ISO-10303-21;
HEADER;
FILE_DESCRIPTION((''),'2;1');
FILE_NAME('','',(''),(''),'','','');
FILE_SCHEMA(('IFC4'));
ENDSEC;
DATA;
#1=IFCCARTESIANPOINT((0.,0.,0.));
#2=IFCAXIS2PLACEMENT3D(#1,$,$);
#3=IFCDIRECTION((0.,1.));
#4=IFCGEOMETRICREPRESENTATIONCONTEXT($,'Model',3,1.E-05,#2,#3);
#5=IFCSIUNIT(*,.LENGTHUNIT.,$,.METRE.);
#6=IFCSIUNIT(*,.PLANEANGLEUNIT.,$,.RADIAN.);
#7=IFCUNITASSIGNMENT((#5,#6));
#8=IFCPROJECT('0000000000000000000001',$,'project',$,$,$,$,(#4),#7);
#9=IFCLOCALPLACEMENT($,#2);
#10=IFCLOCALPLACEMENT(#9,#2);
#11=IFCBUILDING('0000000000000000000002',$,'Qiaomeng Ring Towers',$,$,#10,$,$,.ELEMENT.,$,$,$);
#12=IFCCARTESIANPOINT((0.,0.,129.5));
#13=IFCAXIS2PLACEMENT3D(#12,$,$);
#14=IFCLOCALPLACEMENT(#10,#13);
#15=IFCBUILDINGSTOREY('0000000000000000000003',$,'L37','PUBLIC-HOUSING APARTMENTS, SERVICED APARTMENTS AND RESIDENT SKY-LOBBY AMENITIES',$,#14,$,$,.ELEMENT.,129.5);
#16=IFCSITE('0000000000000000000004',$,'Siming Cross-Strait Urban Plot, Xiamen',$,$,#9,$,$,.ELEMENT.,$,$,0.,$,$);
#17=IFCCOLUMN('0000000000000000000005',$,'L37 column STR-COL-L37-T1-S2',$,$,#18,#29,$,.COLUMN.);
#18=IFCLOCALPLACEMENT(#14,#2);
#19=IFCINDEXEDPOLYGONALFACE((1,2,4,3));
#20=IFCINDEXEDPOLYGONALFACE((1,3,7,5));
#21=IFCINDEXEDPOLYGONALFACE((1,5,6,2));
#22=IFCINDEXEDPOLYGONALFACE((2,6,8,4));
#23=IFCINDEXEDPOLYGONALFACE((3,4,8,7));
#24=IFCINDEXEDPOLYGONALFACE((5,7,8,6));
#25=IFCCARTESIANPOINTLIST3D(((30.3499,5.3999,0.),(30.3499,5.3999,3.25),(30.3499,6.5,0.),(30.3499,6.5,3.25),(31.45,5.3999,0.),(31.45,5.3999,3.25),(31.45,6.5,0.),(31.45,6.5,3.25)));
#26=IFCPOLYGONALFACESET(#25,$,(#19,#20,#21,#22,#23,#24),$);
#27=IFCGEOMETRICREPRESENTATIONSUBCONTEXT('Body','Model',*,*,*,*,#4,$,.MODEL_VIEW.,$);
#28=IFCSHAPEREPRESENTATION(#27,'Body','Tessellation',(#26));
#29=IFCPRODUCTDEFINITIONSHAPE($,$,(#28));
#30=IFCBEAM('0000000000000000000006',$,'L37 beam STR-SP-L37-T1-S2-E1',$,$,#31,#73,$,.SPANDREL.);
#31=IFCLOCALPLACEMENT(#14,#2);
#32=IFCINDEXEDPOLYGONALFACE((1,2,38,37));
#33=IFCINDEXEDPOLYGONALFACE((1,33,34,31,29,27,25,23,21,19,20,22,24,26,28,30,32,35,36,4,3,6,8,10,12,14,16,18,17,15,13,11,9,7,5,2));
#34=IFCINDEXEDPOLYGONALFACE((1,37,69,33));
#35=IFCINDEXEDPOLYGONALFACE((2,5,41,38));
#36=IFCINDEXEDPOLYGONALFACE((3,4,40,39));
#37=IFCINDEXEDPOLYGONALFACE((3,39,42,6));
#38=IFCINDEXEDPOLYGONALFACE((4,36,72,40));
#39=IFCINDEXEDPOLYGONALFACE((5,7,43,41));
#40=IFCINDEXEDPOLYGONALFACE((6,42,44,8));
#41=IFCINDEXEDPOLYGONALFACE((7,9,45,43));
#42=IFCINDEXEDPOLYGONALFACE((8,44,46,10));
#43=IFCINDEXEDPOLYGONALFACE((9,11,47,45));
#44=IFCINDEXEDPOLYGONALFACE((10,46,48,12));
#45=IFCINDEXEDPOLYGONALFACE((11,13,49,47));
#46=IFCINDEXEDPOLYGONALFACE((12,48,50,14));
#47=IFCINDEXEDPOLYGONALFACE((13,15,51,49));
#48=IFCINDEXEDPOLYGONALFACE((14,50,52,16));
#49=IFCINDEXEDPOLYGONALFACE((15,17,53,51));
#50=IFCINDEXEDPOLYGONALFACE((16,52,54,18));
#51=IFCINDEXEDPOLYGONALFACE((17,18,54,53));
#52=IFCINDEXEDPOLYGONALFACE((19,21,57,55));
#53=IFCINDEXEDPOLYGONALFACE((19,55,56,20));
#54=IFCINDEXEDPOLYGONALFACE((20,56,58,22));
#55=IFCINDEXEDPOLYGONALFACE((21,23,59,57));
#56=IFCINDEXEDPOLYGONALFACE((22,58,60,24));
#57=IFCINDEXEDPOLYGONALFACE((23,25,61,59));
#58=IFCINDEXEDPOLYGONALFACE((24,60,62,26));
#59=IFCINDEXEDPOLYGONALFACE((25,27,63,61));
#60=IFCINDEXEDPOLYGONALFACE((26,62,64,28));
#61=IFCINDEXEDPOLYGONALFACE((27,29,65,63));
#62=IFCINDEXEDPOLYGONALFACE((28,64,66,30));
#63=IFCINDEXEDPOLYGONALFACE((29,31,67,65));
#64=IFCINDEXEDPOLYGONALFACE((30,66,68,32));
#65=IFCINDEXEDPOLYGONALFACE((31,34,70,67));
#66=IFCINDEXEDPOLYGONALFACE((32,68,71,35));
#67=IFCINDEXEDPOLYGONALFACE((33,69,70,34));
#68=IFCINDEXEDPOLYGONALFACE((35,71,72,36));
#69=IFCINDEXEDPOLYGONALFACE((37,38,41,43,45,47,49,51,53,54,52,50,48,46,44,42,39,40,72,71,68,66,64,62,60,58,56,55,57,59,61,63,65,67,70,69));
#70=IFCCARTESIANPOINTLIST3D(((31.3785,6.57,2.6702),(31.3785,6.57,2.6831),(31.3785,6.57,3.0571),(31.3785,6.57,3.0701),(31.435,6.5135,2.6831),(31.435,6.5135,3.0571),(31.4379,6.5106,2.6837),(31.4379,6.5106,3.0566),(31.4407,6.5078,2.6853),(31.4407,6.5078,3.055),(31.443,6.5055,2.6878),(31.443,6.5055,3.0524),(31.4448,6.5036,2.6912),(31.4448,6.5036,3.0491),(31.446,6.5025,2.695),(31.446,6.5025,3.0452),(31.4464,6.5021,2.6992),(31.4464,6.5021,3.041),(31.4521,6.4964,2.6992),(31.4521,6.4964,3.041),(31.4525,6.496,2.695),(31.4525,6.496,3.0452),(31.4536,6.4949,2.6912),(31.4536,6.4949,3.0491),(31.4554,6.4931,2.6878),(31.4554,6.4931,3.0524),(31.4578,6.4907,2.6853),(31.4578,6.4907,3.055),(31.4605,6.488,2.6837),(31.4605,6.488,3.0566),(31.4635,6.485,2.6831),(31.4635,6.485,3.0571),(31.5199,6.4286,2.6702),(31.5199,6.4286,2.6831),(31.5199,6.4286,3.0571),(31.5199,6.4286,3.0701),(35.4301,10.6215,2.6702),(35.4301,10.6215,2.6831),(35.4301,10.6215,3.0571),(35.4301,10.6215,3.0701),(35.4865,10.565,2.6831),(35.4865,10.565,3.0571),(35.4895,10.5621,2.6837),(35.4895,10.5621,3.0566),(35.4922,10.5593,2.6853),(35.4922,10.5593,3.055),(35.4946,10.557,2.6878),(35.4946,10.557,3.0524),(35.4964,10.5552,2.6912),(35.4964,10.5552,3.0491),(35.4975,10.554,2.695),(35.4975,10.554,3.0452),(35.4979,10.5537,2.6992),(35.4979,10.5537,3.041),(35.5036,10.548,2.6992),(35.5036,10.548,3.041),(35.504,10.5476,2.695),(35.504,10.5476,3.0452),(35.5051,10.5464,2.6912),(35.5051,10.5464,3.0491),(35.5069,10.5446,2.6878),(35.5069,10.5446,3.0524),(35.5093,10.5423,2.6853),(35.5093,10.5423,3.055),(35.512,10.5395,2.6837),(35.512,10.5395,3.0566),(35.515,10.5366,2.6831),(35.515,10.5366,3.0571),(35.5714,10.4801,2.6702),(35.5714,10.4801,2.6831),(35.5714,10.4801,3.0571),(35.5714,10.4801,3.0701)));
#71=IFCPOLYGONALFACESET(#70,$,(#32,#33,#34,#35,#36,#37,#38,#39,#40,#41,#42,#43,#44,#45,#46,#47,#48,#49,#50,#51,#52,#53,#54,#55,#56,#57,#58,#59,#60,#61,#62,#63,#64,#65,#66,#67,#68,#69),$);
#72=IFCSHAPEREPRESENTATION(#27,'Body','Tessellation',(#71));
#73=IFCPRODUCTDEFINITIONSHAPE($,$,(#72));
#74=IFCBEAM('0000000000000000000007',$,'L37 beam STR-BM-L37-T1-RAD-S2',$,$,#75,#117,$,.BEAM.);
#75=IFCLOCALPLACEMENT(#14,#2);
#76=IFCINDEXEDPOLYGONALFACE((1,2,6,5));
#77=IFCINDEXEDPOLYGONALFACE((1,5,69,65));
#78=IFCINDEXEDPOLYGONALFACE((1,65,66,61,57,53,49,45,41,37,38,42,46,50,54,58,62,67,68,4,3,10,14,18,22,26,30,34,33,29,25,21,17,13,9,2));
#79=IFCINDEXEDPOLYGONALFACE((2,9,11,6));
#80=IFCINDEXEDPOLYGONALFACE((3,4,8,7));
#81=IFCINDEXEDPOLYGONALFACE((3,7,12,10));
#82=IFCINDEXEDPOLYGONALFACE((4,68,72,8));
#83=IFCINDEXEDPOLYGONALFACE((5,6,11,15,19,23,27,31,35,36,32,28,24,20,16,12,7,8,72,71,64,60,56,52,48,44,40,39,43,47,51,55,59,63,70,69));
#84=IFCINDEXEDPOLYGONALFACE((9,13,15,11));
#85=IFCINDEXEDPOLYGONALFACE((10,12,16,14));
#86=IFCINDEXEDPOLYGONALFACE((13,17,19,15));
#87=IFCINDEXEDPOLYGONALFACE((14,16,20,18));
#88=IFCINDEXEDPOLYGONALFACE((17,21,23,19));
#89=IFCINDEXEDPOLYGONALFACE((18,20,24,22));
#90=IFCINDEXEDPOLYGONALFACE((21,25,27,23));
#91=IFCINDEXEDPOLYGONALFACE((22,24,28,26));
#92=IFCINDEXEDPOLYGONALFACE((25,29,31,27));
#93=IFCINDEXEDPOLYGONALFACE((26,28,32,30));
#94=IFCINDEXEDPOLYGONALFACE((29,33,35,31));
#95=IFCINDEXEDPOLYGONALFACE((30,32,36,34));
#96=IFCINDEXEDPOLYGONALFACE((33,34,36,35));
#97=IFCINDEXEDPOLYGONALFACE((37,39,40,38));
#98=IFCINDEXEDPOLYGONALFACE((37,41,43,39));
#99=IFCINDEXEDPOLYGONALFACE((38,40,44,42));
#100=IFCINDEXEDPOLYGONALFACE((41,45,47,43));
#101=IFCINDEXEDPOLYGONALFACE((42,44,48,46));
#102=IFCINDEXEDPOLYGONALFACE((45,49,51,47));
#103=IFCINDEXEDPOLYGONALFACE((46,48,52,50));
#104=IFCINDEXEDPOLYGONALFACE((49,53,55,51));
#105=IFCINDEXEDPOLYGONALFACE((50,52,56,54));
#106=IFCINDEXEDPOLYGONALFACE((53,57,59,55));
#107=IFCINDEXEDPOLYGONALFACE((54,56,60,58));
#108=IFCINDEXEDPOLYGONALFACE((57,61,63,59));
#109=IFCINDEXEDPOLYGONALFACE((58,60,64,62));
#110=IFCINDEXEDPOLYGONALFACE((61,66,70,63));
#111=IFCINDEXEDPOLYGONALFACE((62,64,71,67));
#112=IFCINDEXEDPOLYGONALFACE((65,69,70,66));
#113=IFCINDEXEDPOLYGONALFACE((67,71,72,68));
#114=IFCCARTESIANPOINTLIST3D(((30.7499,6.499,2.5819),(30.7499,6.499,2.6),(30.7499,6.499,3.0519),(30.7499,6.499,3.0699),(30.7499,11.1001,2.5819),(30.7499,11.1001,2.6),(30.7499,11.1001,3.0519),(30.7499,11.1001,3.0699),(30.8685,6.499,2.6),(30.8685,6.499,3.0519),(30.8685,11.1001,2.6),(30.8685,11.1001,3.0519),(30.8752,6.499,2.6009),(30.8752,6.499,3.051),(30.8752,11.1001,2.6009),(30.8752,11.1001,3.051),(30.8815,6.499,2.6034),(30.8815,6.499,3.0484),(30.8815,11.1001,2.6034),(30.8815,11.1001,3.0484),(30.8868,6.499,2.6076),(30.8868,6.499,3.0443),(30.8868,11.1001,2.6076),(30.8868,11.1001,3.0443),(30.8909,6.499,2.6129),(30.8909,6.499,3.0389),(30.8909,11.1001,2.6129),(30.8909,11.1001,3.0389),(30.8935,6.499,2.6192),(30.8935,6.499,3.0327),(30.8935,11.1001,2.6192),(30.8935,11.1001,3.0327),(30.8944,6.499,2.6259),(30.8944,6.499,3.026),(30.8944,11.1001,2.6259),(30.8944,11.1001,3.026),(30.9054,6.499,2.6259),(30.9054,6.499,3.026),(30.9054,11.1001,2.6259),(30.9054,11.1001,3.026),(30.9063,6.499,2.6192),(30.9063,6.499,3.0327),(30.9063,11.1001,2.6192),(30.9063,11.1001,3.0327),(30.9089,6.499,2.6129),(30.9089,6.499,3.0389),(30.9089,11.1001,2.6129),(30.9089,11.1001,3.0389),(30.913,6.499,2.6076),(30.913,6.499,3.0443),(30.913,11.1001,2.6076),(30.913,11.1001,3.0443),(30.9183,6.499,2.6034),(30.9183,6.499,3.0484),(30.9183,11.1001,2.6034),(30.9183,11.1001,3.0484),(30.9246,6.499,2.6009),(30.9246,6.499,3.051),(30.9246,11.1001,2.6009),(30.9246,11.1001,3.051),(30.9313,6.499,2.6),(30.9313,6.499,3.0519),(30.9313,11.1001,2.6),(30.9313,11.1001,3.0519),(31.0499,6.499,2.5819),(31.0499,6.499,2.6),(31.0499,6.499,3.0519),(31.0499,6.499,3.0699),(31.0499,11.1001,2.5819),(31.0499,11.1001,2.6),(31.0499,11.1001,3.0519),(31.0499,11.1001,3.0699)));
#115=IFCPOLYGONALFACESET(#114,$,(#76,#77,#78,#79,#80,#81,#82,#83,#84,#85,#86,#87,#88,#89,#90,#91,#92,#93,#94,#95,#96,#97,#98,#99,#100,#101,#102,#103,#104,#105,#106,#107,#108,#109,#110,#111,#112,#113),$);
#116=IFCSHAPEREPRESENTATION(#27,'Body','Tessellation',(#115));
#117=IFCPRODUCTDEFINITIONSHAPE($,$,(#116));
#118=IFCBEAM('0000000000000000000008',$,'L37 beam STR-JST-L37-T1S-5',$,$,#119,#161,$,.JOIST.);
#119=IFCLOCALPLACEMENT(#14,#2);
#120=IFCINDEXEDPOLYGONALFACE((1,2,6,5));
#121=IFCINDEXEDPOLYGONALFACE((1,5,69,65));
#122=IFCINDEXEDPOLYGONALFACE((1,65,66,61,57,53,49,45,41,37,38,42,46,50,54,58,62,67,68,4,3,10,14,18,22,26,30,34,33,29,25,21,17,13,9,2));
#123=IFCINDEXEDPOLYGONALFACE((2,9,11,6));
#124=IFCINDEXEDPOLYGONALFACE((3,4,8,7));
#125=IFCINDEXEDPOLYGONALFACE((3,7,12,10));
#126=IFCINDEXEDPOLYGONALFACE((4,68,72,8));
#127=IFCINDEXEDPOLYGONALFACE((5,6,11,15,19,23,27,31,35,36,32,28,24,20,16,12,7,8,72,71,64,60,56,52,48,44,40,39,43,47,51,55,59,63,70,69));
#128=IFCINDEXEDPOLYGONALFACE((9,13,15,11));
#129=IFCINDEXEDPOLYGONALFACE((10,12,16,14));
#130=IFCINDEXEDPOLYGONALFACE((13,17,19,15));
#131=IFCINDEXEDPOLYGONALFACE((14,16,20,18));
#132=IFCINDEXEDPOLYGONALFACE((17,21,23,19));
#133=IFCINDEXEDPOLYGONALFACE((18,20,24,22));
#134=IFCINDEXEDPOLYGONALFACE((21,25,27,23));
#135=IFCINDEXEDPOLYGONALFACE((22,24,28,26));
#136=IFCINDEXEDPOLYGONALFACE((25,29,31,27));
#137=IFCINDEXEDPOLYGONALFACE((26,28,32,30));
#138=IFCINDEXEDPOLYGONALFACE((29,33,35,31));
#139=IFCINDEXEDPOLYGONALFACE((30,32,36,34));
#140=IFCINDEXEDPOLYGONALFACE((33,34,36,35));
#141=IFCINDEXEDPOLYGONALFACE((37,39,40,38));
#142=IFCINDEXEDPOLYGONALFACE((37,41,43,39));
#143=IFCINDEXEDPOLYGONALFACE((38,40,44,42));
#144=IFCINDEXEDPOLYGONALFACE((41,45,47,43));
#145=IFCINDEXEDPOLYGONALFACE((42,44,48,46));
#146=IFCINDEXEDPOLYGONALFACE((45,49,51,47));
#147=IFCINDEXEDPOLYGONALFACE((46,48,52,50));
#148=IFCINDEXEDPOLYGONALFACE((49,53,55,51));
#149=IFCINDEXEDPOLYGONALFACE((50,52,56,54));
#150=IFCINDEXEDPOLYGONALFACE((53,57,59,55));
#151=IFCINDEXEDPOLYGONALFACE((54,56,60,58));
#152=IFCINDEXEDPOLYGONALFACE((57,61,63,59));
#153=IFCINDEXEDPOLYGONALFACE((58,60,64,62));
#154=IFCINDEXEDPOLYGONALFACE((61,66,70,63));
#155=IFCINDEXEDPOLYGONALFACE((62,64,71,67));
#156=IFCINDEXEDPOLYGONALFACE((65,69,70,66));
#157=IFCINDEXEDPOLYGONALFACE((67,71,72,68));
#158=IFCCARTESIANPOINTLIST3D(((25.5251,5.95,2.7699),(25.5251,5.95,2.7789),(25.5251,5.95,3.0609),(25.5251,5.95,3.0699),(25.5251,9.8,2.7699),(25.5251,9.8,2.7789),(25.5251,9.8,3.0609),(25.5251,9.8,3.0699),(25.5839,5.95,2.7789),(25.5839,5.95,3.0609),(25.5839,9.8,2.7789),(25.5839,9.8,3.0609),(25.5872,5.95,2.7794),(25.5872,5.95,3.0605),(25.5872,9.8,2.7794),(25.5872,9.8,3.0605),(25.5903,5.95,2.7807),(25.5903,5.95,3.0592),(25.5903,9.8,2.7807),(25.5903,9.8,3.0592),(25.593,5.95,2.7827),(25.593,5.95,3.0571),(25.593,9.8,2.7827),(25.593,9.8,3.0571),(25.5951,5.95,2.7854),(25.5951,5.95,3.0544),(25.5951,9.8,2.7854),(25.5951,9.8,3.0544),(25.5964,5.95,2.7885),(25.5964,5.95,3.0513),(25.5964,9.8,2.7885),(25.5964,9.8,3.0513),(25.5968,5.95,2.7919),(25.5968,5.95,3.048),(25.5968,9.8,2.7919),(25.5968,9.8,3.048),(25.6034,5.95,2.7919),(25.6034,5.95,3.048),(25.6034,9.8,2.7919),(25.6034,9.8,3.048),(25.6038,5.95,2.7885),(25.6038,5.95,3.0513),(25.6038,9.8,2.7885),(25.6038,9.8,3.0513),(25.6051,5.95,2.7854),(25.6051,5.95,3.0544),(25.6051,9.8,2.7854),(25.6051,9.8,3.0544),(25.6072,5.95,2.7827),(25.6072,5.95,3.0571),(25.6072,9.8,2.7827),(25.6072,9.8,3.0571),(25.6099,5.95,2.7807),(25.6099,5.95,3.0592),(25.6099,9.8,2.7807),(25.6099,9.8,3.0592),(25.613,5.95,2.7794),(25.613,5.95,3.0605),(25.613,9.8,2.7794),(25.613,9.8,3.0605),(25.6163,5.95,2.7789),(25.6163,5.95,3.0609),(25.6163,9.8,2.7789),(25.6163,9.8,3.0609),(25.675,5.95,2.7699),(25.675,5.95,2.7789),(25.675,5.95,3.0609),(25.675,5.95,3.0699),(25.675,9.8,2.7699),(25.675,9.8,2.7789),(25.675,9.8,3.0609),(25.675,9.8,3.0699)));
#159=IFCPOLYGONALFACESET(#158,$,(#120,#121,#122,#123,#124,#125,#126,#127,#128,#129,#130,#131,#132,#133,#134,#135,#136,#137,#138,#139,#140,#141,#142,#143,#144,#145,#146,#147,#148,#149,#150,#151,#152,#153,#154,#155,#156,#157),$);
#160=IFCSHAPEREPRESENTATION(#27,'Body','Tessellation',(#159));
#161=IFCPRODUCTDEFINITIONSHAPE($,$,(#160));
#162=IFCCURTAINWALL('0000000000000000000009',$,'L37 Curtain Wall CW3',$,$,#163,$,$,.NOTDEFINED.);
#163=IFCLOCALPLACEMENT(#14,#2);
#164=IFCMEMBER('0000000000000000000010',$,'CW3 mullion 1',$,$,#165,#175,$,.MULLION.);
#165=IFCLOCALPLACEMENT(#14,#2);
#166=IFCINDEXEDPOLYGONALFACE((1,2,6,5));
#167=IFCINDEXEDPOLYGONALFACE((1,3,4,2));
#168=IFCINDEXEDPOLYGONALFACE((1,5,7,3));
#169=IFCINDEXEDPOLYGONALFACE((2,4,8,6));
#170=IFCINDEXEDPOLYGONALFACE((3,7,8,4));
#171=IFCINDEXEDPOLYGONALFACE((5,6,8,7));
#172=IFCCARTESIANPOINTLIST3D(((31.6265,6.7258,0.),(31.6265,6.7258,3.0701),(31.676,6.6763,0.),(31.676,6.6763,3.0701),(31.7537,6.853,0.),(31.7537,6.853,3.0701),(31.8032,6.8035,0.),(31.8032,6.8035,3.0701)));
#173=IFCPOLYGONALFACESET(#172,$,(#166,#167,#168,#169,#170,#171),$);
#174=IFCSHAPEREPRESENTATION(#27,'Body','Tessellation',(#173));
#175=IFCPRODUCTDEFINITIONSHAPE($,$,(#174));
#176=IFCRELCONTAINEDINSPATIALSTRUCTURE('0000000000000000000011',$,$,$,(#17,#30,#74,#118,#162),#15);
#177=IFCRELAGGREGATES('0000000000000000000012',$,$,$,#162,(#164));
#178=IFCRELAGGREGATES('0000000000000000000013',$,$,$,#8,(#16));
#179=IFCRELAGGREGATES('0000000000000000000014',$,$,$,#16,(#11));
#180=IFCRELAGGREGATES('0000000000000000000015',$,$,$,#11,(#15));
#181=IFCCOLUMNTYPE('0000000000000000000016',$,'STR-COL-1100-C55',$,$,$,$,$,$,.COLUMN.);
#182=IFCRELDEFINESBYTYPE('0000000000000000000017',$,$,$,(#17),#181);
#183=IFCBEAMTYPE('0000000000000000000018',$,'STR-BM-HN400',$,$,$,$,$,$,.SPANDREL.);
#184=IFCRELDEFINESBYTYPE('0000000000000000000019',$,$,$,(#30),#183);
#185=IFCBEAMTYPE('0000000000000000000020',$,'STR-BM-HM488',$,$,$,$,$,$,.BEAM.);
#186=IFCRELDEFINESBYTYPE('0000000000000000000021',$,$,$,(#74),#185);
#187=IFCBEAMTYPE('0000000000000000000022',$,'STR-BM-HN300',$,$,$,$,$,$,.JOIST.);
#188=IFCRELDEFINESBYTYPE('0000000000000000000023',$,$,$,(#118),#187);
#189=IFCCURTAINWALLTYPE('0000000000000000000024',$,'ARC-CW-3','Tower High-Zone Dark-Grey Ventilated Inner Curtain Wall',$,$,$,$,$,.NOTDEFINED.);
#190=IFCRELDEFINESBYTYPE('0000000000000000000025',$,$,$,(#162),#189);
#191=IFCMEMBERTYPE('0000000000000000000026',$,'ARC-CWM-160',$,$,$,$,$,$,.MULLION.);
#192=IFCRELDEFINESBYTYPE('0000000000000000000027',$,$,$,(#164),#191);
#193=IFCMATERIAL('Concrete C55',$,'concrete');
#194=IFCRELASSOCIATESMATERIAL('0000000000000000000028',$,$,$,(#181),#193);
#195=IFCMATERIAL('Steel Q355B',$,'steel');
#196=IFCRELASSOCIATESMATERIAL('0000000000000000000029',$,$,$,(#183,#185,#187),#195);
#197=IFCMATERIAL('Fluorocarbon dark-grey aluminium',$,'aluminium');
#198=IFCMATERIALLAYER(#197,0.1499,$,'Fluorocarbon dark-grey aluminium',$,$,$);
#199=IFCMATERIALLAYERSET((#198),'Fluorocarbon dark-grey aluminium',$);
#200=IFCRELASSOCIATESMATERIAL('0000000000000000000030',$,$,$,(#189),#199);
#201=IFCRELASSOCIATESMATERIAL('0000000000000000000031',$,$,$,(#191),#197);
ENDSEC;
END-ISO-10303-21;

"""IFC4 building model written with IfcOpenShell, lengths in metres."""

from ifc_helpers import new_model, si_unit, direction, frame, origin, origin_2d, place, context, subcontext, project, spatial, rectangle, i_section, extrude, source, transform, mapped, material, layer, layer_set, material_profile, profile_set, type_object, element, aggregate, save


model = new_model("IFC4")

# Units and contexts
model_context = context("Model", 3, precision=1e-05, world=origin(), true_north=direction((0.0, 1.0)))
body_context = subcontext(model_context, "Body", "Model", "MODEL_VIEW")
ifc_project = project(units=[si_unit("LENGTHUNIT", "METRE"), si_unit("PLANEANGLEUNIT", "RADIAN")], contexts=[model_context])

# Site, building, storey
site_placement = place(None, origin())
site = spatial("IfcSite", under=ifc_project, at=site_placement, Name="Siming Cross-Strait Urban Plot, Xiamen", CompositionType="ELEMENT", RefElevation=0.0)
building_placement = place(site_placement, origin())
building = spatial("IfcBuilding", under=site, at=building_placement, Name="Qiaomeng Ring Towers", CompositionType="ELEMENT")
storey_placement = place(building_placement, frame((0.0, 0.0, 129.5)))
storey = spatial("IfcBuildingStorey", under=building, at=storey_placement, Name="L37", Description="PUBLIC-HOUSING APARTMENTS, SERVICED APARTMENTS AND RESIDENT SKY-LOBBY AMENITIES", CompositionType="ELEMENT", Elevation=129.5)

# Column
ifc_material_1 = material(Name="Concrete C55", Category="concrete")
ifc_material_profile_1 = material_profile(ifc_material_1, rectangle(XDim=1.1001, YDim=1.1001, at=origin_2d()), Name="RC COL 1100x1100")
ifc_profile_set_1 = profile_set([ifc_material_profile_1], Name="Concrete C55")
column_type = type_object("IfcColumnType", Name="STR-COL-1100-C55", PredefinedType="COLUMN", material=ifc_profile_set_1)
shared_shape_1 = source(origin(), body_context, "Body", "SweptSolid", [
    extrude(rectangle(XDim=1.1001, YDim=1.1001, at=origin_2d()), origin(), (0.0, 0.0, 1.0), 3.25),
])
column_placement = place(storey_placement, frame((30.8999, 5.95, 0.0), z_axis=(0.0, 0.0, 1.0), x_axis=(1.0, 0.0, 0.0)))
element("IfcColumn", 1, at=column_placement, inside=storey, type_object=column_type, Name="L37 column STR-COL-L37-T1-S2", PredefinedType="COLUMN", context=body_context, shape_type="MappedRepresentation", body=[
    mapped(shared_shape_1, transform((0.0, 0.0, 0.0), x_axis=(1.0, 0.0, 0.0), y_axis=(0.0, 1.0, 0.0), z_axis=(0.0, 0.0, 1.0), scale=1.0)),
])

# Beams
ifc_material_2 = material(Name="Steel Q355B", Category="steel")
ifc_material_profile_2 = material_profile(ifc_material_2, i_section(OverallWidth=0.2, OverallDepth=0.3999, WebThickness=0.0081, FlangeThickness=0.0129, FilletRadius=0.0161, at=origin_2d()), Name="HN 400x200x8x13")
ifc_profile_set_2 = profile_set([ifc_material_profile_2], Name="Steel Q355B")
beam_type_1 = type_object("IfcBeamType", Name="STR-BM-HN400", PredefinedType="SPANDREL", material=ifc_profile_set_2)
shared_shape_2 = source(origin(), body_context, "Body", "SweptSolid", [
    extrude(i_section(OverallWidth=0.2, OverallDepth=0.3999, WebThickness=0.0081, FlangeThickness=0.0129, FilletRadius=0.0161, at=origin_2d()), origin(), (0.0, 0.0, 1.0), 5.7297),
])
beam_1_placement = place(storey_placement, frame((31.4492, 6.4993, 2.8701), z_axis=(0.707107, 0.707107, 0.0), x_axis=(-0.707107, 0.707107, 0.0)))
element("IfcBeam", 2, at=beam_1_placement, inside=storey, type_object=beam_type_1, Name="L37 beam STR-SP-L37-T1-S2-E1", PredefinedType="SPANDREL", context=body_context, shape_type="MappedRepresentation", body=[
    mapped(shared_shape_2, transform((0.0, 0.0, 0.0), x_axis=(1.0, 0.0, 0.0), y_axis=(0.0, 1.0, 0.0), z_axis=(0.0, 0.0, 1.0), scale=1.0)),
])
ifc_material_profile_3 = material_profile(ifc_material_2, i_section(OverallWidth=0.3, OverallDepth=0.488, WebThickness=0.011, FlangeThickness=0.0181, FilletRadius=0.0259, at=origin_2d()), Name="HM 488x300x11x18")
ifc_profile_set_3 = profile_set([ifc_material_profile_3], Name="Steel Q355B")
beam_type_2 = type_object("IfcBeamType", Name="STR-BM-HM488", PredefinedType="BEAM", material=ifc_profile_set_3)
shared_shape_3 = source(origin(), body_context, "Body", "SweptSolid", [
    extrude(i_section(OverallWidth=0.3, OverallDepth=0.488, WebThickness=0.011, FlangeThickness=0.0181, FilletRadius=0.0259, at=origin_2d()), origin(), (0.0, 0.0, 1.0), 4.6011),
])
beam_2_placement = place(storey_placement, frame((30.8999, 6.499, 2.8259), z_axis=(0.0, 1.0, 0.0), x_axis=(-1.0, 0.0, 0.0)))
element("IfcBeam", 3, at=beam_2_placement, inside=storey, type_object=beam_type_2, Name="L37 beam STR-BM-L37-T1-RAD-S2", PredefinedType="BEAM", context=body_context, shape_type="MappedRepresentation", body=[
    mapped(shared_shape_3, transform((0.0, 0.0, 0.0), x_axis=(1.0, 0.0, 0.0), y_axis=(0.0, 1.0, 0.0), z_axis=(0.0, 0.0, 1.0), scale=1.0)),
])
ifc_material_profile_4 = material_profile(ifc_material_2, i_section(OverallWidth=0.1499, OverallDepth=0.3, WebThickness=0.0066, FlangeThickness=0.009, FilletRadius=0.0129, at=origin_2d()), Name="HN 300x150x6.5x9")
ifc_profile_set_4 = profile_set([ifc_material_profile_4], Name="Steel Q355B")
beam_type_3 = type_object("IfcBeamType", Name="STR-BM-HN300", PredefinedType="JOIST", material=ifc_profile_set_4)
shared_shape_4 = source(origin(), body_context, "Body", "SweptSolid", [
    extrude(i_section(OverallWidth=0.1499, OverallDepth=0.3, WebThickness=0.0066, FlangeThickness=0.009, FilletRadius=0.0129, at=origin_2d()), origin(), (0.0, 0.0, 1.0), 3.8501),
])
beam_3_placement = place(storey_placement, frame((25.6001, 5.95, 2.9199), z_axis=(0.0, 1.0, 0.0), x_axis=(-1.0, 0.0, 0.0)))
element("IfcBeam", 4, at=beam_3_placement, inside=storey, type_object=beam_type_3, Name="L37 beam STR-JST-L37-T1S-5", PredefinedType="JOIST", context=body_context, shape_type="MappedRepresentation", body=[
    mapped(shared_shape_4, transform((0.0, 0.0, 0.0), x_axis=(1.0, 0.0, 0.0), y_axis=(0.0, 1.0, 0.0), z_axis=(0.0, 0.0, 1.0), scale=1.0)),
])

# Curtain wall, member
ifc_material_3 = material(Name="Fluorocarbon dark-grey aluminium", Category="aluminium")
ifc_layer_1 = layer(ifc_material_3, 0.1499, Name="Fluorocarbon dark-grey aluminium")
ifc_layer_set_1 = layer_set([ifc_layer_1], Name="Fluorocarbon dark-grey aluminium")
curtain_wall_type = type_object("IfcCurtainWallType", Name="ARC-CW-3", Description="Tower High-Zone Dark-Grey Ventilated Inner Curtain Wall", PredefinedType="NOTDEFINED", material=ifc_layer_set_1)
curtain_wall_placement = place(storey_placement, origin())
curtain_wall = element("IfcCurtainWall", 5, at=curtain_wall_placement, inside=storey, type_object=curtain_wall_type, Name="L37 Curtain Wall CW3", PredefinedType="NOTDEFINED")
ifc_material_profile_5 = material_profile(ifc_material_3, rectangle(XDim=0.0701, YDim=0.1799, at=origin_2d()), Name="ALU MULL 70x180")
ifc_profile_set_5 = profile_set([ifc_material_profile_5], Name="Fluorocarbon dark-grey aluminium")
member_type_1 = type_object("IfcMemberType", Name="ARC-CWM-160", PredefinedType="MULLION", material=ifc_profile_set_5)
shared_shape_5 = source(origin(), body_context, "Body", "SweptSolid", [
    extrude(rectangle(XDim=0.0701, YDim=0.1799, at=origin_2d()), origin(), (0.0, 0.0, 1.0), 3.0701),
])
member_1_placement = place(storey_placement, frame((31.7148, 6.7646, 0.0), z_axis=(0.0, 0.0, 1.0), x_axis=(-0.707107, 0.707107, 0.0)))
member_1 = element("IfcMember", 6, at=member_1_placement, type_object=member_type_1, Name="CW3 mullion 1", PredefinedType="MULLION", context=body_context, shape_type="MappedRepresentation", body=[
    mapped(shared_shape_5, transform((0.0, 0.0, 0.0), x_axis=(1.0, 0.0, 0.0), y_axis=(0.0, 1.0, 0.0), z_axis=(0.0, 0.0, 1.0), scale=1.0)),
])
aggregate(curtain_wall, [member_1])

save(model, "model.ifc")
